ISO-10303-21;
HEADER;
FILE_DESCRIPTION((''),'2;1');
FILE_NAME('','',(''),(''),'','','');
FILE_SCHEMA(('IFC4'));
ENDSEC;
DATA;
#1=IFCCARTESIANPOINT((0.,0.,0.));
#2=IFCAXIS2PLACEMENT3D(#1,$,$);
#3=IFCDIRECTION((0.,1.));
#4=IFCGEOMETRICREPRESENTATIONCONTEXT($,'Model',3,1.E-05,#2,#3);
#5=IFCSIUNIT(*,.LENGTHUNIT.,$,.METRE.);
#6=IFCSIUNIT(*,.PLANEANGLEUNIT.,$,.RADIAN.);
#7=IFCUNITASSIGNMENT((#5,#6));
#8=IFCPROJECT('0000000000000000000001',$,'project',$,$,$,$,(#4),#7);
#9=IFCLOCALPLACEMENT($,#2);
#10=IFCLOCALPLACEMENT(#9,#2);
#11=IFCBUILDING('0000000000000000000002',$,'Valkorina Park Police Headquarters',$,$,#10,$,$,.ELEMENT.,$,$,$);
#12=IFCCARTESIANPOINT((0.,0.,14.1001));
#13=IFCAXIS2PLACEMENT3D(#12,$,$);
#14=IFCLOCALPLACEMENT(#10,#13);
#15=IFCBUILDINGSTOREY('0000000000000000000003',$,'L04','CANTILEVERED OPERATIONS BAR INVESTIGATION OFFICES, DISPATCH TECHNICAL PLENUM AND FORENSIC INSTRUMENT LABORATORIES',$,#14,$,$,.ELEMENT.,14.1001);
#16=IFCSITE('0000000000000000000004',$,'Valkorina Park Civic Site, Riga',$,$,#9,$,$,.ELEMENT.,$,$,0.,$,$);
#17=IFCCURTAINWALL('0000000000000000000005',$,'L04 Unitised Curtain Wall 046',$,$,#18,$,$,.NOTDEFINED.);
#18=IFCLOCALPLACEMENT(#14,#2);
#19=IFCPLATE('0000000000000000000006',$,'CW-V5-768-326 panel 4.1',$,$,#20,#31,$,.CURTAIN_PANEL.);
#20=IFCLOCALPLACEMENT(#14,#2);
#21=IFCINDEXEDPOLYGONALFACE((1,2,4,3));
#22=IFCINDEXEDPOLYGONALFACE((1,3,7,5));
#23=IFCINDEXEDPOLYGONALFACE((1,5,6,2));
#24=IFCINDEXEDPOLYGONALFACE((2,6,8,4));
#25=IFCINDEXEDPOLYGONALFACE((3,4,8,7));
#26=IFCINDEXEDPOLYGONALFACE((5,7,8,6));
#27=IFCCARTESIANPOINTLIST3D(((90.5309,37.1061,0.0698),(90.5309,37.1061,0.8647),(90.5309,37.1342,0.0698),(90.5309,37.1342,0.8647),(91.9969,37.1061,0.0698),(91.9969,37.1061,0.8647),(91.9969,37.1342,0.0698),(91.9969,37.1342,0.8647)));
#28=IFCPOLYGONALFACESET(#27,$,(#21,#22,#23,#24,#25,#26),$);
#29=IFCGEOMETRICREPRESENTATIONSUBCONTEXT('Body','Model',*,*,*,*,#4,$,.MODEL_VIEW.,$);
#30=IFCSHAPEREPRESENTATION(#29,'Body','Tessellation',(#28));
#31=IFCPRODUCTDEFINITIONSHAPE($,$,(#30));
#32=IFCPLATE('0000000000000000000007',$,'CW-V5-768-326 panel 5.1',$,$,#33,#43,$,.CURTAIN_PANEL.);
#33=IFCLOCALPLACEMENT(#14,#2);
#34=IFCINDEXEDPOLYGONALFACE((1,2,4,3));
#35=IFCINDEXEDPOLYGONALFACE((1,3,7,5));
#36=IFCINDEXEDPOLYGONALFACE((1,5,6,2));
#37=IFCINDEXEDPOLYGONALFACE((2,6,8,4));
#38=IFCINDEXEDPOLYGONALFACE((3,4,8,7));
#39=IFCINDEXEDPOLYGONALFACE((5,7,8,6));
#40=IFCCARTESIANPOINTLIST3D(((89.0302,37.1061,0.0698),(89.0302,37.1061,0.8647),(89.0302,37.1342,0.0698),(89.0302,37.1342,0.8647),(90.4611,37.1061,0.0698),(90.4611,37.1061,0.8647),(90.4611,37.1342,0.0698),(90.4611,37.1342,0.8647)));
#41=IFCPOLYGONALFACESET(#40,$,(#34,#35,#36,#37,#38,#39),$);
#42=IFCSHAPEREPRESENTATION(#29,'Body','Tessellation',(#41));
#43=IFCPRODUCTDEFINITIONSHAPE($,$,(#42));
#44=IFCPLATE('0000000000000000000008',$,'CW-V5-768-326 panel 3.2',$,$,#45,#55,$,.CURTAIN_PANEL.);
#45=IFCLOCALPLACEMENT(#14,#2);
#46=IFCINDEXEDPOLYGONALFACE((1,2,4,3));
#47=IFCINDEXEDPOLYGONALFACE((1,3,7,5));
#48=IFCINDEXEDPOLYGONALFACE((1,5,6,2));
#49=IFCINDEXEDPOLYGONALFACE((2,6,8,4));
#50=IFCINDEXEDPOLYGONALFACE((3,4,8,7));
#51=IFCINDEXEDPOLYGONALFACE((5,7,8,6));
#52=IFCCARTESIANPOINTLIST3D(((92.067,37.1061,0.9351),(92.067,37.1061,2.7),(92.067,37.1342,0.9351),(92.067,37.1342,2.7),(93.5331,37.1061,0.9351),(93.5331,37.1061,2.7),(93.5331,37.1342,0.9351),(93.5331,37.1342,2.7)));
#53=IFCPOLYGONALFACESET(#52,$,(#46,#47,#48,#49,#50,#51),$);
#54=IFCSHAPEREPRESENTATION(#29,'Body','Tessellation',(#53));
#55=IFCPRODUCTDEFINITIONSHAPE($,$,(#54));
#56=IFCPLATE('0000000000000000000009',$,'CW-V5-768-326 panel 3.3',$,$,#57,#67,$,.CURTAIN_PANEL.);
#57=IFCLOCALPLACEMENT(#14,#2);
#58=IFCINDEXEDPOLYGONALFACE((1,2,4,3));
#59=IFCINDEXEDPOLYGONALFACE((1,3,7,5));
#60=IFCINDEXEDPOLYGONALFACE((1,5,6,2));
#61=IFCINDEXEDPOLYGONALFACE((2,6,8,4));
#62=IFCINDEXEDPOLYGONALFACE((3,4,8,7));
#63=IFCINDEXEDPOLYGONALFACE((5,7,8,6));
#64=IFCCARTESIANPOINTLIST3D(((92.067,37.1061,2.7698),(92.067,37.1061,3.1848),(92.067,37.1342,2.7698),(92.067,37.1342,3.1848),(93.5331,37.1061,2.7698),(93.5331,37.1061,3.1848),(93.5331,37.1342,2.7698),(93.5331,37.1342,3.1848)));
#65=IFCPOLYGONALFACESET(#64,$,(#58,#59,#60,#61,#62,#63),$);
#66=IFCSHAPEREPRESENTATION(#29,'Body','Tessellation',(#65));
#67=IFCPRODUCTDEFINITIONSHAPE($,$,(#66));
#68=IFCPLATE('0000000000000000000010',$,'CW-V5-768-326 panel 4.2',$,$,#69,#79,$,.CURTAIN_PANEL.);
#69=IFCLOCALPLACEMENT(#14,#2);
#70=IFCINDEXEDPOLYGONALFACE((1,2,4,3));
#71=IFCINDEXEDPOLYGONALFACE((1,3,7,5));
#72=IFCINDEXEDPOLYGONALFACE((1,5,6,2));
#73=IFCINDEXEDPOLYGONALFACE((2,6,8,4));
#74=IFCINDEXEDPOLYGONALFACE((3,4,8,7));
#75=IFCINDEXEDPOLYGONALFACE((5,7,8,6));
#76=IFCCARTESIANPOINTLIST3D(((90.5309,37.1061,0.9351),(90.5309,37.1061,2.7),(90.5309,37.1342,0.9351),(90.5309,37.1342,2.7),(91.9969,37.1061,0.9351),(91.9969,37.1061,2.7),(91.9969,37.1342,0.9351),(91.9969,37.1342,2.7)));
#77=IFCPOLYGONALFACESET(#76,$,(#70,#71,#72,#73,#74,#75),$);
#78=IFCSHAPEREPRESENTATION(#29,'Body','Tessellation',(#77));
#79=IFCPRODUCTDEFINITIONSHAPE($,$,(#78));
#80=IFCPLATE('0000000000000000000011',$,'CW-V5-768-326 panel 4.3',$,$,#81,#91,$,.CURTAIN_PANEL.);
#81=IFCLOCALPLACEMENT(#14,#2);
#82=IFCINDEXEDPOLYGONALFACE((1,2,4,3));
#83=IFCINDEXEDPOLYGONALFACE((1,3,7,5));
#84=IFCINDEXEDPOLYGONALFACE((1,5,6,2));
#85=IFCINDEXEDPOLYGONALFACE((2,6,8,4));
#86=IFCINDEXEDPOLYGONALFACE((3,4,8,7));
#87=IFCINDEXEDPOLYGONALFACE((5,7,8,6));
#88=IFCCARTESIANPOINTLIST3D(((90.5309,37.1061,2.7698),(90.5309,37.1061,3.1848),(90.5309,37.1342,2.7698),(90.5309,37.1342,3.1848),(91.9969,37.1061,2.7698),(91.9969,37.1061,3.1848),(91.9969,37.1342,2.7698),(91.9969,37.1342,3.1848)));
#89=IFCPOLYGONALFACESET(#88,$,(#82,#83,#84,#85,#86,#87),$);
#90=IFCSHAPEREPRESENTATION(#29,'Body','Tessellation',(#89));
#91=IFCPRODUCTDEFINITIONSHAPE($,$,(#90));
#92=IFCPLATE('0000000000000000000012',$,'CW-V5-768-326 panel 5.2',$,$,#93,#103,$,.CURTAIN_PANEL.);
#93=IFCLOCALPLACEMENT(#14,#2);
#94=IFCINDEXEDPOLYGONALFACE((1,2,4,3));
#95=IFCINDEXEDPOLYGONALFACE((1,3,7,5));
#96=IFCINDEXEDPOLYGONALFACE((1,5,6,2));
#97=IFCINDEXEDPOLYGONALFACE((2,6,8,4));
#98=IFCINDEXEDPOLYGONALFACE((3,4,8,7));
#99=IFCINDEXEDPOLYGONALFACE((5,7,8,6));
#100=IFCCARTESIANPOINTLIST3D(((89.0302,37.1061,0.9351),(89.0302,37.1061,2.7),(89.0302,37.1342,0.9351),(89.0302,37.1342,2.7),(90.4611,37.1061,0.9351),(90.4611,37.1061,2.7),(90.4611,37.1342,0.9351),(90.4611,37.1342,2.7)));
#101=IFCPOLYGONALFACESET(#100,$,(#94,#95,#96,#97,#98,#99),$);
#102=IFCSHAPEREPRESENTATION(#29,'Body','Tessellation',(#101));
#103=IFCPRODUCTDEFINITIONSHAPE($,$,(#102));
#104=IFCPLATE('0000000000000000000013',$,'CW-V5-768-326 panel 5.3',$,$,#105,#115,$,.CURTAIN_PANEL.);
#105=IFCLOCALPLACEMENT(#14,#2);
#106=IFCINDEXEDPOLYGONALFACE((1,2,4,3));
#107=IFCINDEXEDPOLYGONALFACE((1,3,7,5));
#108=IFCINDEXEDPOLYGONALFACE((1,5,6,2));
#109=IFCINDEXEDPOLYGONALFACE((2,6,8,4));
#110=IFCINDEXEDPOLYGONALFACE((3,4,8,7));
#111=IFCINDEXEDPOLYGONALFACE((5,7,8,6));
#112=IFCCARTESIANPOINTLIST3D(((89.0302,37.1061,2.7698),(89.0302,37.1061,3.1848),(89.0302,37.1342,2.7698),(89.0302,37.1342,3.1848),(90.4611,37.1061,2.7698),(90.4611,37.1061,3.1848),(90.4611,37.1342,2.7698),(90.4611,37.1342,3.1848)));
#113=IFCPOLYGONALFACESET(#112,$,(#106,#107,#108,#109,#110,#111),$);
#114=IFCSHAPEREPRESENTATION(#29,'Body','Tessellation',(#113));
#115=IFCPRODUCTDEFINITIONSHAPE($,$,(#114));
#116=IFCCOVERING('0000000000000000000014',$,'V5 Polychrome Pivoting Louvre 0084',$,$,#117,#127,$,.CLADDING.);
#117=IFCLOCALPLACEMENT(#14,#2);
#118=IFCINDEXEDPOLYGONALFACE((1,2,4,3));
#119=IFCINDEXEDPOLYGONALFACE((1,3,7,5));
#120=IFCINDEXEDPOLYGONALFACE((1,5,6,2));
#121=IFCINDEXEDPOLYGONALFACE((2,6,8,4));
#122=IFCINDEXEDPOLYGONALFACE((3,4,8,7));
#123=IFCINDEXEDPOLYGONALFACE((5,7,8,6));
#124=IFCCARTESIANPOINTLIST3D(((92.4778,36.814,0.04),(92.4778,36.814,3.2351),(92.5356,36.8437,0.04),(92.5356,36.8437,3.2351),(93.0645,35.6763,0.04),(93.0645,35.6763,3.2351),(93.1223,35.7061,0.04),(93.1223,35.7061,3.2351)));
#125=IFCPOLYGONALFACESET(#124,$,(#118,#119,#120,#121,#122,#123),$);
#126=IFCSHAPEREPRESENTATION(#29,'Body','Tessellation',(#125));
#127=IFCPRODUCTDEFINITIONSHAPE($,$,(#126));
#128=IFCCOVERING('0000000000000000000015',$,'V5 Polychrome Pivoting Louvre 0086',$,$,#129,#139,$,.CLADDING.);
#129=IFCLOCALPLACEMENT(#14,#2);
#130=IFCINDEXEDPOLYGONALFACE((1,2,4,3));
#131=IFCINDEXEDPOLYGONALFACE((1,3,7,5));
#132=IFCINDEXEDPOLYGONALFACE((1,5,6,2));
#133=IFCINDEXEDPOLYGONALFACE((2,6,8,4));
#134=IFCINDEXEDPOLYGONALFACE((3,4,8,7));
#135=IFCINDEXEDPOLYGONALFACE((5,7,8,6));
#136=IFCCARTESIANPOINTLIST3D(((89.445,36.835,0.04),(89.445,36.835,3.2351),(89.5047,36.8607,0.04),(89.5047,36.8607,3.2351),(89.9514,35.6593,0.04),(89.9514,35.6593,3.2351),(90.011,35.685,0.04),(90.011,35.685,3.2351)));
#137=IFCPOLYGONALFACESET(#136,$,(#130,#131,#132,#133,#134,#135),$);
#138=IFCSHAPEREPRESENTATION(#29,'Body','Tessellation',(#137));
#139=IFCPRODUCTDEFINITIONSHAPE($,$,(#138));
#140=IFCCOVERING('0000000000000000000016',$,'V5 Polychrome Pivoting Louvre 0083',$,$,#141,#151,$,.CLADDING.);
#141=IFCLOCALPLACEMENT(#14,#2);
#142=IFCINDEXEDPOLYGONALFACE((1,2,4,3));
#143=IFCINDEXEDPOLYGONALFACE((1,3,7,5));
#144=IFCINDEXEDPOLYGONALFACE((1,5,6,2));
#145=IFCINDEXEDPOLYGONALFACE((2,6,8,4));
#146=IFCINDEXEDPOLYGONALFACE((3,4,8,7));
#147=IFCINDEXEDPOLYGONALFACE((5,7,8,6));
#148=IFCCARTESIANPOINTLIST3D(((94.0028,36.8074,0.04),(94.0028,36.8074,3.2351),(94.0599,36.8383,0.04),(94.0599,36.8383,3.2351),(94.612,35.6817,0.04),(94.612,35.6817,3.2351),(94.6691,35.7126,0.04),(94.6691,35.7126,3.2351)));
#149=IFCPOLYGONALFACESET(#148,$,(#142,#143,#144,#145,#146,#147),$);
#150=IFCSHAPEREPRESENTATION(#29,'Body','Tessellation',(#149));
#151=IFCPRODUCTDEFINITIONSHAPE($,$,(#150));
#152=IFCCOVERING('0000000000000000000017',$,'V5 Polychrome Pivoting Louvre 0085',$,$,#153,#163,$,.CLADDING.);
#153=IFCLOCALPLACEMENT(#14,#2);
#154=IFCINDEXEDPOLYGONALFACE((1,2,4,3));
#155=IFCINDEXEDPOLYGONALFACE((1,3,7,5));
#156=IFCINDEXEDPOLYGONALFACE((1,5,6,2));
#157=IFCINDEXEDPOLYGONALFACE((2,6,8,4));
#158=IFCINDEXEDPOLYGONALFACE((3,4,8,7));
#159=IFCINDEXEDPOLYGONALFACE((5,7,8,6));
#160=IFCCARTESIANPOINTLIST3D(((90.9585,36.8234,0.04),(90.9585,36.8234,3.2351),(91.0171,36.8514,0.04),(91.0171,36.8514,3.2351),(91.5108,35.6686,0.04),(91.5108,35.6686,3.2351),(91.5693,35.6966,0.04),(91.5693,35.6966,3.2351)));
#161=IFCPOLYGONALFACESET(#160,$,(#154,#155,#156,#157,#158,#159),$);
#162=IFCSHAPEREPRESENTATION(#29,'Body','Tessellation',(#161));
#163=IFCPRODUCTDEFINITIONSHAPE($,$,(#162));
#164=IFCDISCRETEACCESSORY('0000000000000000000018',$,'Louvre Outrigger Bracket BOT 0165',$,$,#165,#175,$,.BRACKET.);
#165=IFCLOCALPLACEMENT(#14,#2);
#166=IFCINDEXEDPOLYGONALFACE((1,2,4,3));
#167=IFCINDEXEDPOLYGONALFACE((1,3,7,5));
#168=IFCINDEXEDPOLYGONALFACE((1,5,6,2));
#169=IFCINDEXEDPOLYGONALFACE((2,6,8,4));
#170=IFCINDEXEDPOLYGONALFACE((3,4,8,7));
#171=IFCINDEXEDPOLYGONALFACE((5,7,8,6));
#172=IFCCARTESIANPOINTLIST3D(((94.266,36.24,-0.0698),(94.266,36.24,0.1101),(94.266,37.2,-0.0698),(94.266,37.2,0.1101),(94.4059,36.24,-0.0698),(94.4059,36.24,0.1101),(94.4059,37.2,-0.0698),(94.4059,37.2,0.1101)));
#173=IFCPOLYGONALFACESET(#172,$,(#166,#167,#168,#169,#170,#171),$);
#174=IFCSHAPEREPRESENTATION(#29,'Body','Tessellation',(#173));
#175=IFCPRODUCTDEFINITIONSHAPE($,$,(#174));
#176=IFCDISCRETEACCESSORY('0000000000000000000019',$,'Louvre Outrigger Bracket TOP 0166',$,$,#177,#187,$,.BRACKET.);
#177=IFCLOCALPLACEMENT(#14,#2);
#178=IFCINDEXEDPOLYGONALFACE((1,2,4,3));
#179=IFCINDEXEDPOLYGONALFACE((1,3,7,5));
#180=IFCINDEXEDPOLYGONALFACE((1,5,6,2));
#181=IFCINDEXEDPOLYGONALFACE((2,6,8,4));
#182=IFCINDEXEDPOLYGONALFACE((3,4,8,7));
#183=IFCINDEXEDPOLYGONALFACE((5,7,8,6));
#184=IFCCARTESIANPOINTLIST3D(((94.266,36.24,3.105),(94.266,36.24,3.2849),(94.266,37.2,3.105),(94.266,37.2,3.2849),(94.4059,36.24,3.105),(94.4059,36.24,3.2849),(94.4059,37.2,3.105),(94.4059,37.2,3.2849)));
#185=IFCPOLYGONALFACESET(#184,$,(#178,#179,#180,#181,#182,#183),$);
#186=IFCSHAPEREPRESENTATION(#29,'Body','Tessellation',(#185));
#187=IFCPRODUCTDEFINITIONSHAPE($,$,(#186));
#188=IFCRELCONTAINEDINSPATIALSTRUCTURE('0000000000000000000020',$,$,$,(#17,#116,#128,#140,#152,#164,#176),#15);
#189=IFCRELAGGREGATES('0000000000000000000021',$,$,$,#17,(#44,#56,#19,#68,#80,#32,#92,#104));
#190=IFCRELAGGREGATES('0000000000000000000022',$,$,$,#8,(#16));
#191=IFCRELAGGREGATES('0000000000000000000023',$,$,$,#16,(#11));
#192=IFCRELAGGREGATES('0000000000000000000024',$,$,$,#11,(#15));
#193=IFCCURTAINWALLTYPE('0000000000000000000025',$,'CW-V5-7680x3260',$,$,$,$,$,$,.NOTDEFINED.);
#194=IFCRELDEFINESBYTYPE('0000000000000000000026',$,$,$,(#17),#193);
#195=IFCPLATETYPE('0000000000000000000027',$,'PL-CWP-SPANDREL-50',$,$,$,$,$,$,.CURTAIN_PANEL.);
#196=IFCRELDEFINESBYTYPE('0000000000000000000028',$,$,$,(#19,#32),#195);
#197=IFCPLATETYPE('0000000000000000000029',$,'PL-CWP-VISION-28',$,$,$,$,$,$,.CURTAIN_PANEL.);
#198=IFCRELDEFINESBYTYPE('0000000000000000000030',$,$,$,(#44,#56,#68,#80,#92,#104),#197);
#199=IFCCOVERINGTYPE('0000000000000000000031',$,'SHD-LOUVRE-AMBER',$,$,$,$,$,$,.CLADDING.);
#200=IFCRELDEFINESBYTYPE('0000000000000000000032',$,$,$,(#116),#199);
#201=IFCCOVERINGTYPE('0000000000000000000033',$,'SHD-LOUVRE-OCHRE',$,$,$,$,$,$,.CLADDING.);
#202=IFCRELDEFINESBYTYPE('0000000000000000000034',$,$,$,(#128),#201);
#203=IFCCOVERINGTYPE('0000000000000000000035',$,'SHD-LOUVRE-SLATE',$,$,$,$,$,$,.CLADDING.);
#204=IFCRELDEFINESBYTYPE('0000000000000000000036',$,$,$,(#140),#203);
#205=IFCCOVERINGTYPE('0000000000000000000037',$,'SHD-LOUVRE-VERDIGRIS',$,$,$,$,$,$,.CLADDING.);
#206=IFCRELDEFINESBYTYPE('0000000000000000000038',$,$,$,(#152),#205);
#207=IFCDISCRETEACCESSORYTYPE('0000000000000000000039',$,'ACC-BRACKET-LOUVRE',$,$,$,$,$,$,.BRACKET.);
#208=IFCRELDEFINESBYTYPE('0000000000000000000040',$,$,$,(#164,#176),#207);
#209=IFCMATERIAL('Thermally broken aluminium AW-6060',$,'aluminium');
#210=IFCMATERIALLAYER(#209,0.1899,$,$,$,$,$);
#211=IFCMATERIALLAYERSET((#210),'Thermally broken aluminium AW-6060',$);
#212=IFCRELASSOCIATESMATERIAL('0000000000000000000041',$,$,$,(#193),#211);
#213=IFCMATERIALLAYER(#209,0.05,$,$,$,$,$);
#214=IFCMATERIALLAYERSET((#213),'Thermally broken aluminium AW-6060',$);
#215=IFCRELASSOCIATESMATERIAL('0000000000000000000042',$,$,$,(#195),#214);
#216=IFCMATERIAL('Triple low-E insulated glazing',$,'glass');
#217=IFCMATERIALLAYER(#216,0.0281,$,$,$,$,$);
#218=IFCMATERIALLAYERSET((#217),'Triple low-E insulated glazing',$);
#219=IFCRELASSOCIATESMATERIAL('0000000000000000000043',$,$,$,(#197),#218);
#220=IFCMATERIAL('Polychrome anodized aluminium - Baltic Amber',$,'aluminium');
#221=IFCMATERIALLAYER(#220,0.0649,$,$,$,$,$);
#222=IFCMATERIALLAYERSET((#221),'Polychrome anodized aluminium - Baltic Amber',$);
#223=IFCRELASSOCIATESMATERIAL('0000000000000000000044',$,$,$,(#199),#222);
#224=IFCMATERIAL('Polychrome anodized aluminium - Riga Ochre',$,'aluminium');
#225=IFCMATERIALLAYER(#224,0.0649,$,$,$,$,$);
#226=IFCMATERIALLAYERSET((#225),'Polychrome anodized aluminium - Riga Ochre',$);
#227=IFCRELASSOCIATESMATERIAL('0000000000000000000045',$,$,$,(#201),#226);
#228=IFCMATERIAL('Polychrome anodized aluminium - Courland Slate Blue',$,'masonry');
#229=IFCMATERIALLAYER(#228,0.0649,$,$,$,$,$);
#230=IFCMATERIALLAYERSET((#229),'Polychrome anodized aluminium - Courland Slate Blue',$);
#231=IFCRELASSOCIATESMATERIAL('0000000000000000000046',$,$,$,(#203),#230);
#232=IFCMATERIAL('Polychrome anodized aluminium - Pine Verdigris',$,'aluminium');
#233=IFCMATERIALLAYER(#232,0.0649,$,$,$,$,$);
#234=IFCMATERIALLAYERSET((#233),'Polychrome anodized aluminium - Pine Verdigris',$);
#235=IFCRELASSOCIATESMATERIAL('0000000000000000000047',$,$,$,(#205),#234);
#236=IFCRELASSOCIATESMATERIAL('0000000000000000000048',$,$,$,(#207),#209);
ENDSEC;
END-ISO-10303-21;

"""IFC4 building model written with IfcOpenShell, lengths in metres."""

from ifc_helpers import new_model, si_unit, direction, frame, origin, origin_2d, place, context, subcontext, project, spatial, rectangle, extrude, material, layer, layer_set, type_object, element, aggregate, save


model = new_model("IFC4")

# Units and contexts
model_context = context("Model", 3, precision=1e-05, world=origin(), true_north=direction((0.0, 1.0)))
body_context = subcontext(model_context, "Body", "Model", "MODEL_VIEW")
ifc_project = project(units=[si_unit("LENGTHUNIT", "METRE"), si_unit("PLANEANGLEUNIT", "RADIAN")], contexts=[model_context])

# Site, building, storey
site_placement = place(None, origin())
site = spatial("IfcSite", under=ifc_project, at=site_placement, Name="Valkorina Park Civic Site, Riga", CompositionType="ELEMENT", RefElevation=0.0)
building_placement = place(site_placement, origin())
building = spatial("IfcBuilding", under=site, at=building_placement, Name="Valkorina Park Police Headquarters", CompositionType="ELEMENT")
storey_placement = place(building_placement, frame((0.0, 0.0, 14.1001)))
storey = spatial("IfcBuildingStorey", under=building, at=storey_placement, Name="L04", Description="CANTILEVERED OPERATIONS BAR INVESTIGATION OFFICES, DISPATCH TECHNICAL PLENUM AND FORENSIC INSTRUMENT LABORATORIES", CompositionType="ELEMENT", Elevation=14.1001)

# Curtain wall, plates
ifc_material_1 = material(Name="Thermally broken aluminium AW-6060", Category="aluminium")
ifc_layer_1 = layer(ifc_material_1, 0.1899)
ifc_layer_set_1 = layer_set([ifc_layer_1], Name="Thermally broken aluminium AW-6060")
curtain_wall_type = type_object("IfcCurtainWallType", Name="CW-V5-7680x3260", PredefinedType="NOTDEFINED", material=ifc_layer_set_1)
curtain_wall_placement = place(storey_placement, origin())
curtain_wall = element("IfcCurtainWall", 1, at=curtain_wall_placement, inside=storey, type_object=curtain_wall_type, Name="L04 Unitised Curtain Wall 046", PredefinedType="NOTDEFINED")
ifc_layer_2 = layer(ifc_material_1, 0.05)
ifc_layer_set_2 = layer_set([ifc_layer_2], Name="Thermally broken aluminium AW-6060")
plate_type_1 = type_object("IfcPlateType", Name="PL-CWP-SPANDREL-50", PredefinedType="CURTAIN_PANEL", material=ifc_layer_set_2)
plate_1_placement = place(storey_placement, frame((91.2639, 37.1201, 0.0698), z_axis=(0.0, 0.0, 1.0), x_axis=(-1.0, 0.0, 0.0)))
plate_1 = element("IfcPlate", 2, at=plate_1_placement, type_object=plate_type_1, Name="CW-V5-768-326 panel 4.1", PredefinedType="CURTAIN_PANEL", context=body_context, shape_type="SweptSolid", body=[
    extrude(rectangle(XDim=1.4661, YDim=0.0281, at=origin_2d()), origin(), (0.0, 0.0, 1.0), 0.7949),
])
plate_2_placement = place(storey_placement, frame((89.7456, 37.1201, 0.0698), z_axis=(0.0, 0.0, 1.0), x_axis=(-1.0, 0.0, 0.0)))
plate_2 = element("IfcPlate", 3, at=plate_2_placement, type_object=plate_type_1, Name="CW-V5-768-326 panel 5.1", PredefinedType="CURTAIN_PANEL", context=body_context, shape_type="SweptSolid", body=[
    extrude(rectangle(XDim=1.4309, YDim=0.0281, at=origin_2d()), origin(), (0.0, 0.0, 1.0), 0.7949),
])
ifc_material_2 = material(Name="Triple low-E insulated glazing", Category="glass")
ifc_layer_3 = layer(ifc_material_2, 0.0281)
ifc_layer_set_3 = layer_set([ifc_layer_3], Name="Triple low-E insulated glazing")
plate_type_2 = type_object("IfcPlateType", Name="PL-CWP-VISION-28", PredefinedType="CURTAIN_PANEL", material=ifc_layer_set_3)
plate_3_placement = place(storey_placement, frame((92.8, 37.1201, 0.9351), z_axis=(0.0, 0.0, 1.0), x_axis=(-1.0, 0.0, 0.0)))
plate_3 = element("IfcPlate", 4, at=plate_3_placement, type_object=plate_type_2, Name="CW-V5-768-326 panel 3.2", PredefinedType="CURTAIN_PANEL", context=body_context, shape_type="SweptSolid", body=[
    extrude(rectangle(XDim=1.4661, YDim=0.0281, at=origin_2d()), origin(), (0.0, 0.0, 1.0), 1.7649),
])
plate_4_placement = place(storey_placement, frame((92.8, 37.1201, 2.7698), z_axis=(0.0, 0.0, 1.0), x_axis=(-1.0, 0.0, 0.0)))
plate_4 = element("IfcPlate", 5, at=plate_4_placement, type_object=plate_type_2, Name="CW-V5-768-326 panel 3.3", PredefinedType="CURTAIN_PANEL", context=body_context, shape_type="SweptSolid", body=[
    extrude(rectangle(XDim=1.4661, YDim=0.0281, at=origin_2d()), origin(), (0.0, 0.0, 1.0), 0.415),
])
plate_5_placement = place(storey_placement, frame((91.2639, 37.1201, 0.9351), z_axis=(0.0, 0.0, 1.0), x_axis=(-1.0, 0.0, 0.0)))
plate_5 = element("IfcPlate", 6, at=plate_5_placement, type_object=plate_type_2, Name="CW-V5-768-326 panel 4.2", PredefinedType="CURTAIN_PANEL", context=body_context, shape_type="SweptSolid", body=[
    extrude(rectangle(XDim=1.4661, YDim=0.0281, at=origin_2d()), origin(), (0.0, 0.0, 1.0), 1.7649),
])
plate_6_placement = place(storey_placement, frame((91.2639, 37.1201, 2.7698), z_axis=(0.0, 0.0, 1.0), x_axis=(-1.0, 0.0, 0.0)))
plate_6 = element("IfcPlate", 7, at=plate_6_placement, type_object=plate_type_2, Name="CW-V5-768-326 panel 4.3", PredefinedType="CURTAIN_PANEL", context=body_context, shape_type="SweptSolid", body=[
    extrude(rectangle(XDim=1.4661, YDim=0.0281, at=origin_2d()), origin(), (0.0, 0.0, 1.0), 0.415),
])
plate_7_placement = place(storey_placement, frame((89.7456, 37.1201, 0.9351), z_axis=(0.0, 0.0, 1.0), x_axis=(-1.0, 0.0, 0.0)))
plate_7 = element("IfcPlate", 8, at=plate_7_placement, type_object=plate_type_2, Name="CW-V5-768-326 panel 5.2", PredefinedType="CURTAIN_PANEL", context=body_context, shape_type="SweptSolid", body=[
    extrude(rectangle(XDim=1.4309, YDim=0.0281, at=origin_2d()), origin(), (0.0, 0.0, 1.0), 1.7649),
])
plate_8_placement = place(storey_placement, frame((89.7456, 37.1201, 2.7698), z_axis=(0.0, 0.0, 1.0), x_axis=(-1.0, 0.0, 0.0)))
plate_8 = element("IfcPlate", 9, at=plate_8_placement, type_object=plate_type_2, Name="CW-V5-768-326 panel 5.3", PredefinedType="CURTAIN_PANEL", context=body_context, shape_type="SweptSolid", body=[
    extrude(rectangle(XDim=1.4309, YDim=0.0281, at=origin_2d()), origin(), (0.0, 0.0, 1.0), 0.415),
])
aggregate(curtain_wall, [plate_3, plate_4, plate_1, plate_5, plate_6, plate_2, plate_7, plate_8])

# Coverings
ifc_material_3 = material(Name="Polychrome anodized aluminium - Baltic Amber", Category="aluminium")
ifc_layer_4 = layer(ifc_material_3, 0.0649)
ifc_layer_set_4 = layer_set([ifc_layer_4], Name="Polychrome anodized aluminium - Baltic Amber")
covering_type_1 = type_object("IfcCoveringType", Name="SHD-LOUVRE-AMBER", PredefinedType="CLADDING", material=ifc_layer_set_4)
covering_1_placement = place(storey_placement, frame((92.8, 36.26, 0.04), z_axis=(0.0, 0.0, 1.0), x_axis=(0.458339, -0.888777, 0.0)))
element("IfcCovering", 10, at=covering_1_placement, inside=storey, type_object=covering_type_1, Name="V5 Polychrome Pivoting Louvre 0084", PredefinedType="CLADDING", context=body_context, shape_type="SweptSolid", body=[
    extrude(rectangle(XDim=1.28, YDim=0.0649, at=origin_2d()), origin(), (0.0, 0.0, 1.0), 3.1951),
])
ifc_material_4 = material(Name="Polychrome anodized aluminium - Riga Ochre", Category="aluminium")
ifc_layer_5 = layer(ifc_material_4, 0.0649)
ifc_layer_set_5 = layer_set([ifc_layer_5], Name="Polychrome anodized aluminium - Riga Ochre")
covering_type_2 = type_object("IfcCoveringType", Name="SHD-LOUVRE-OCHRE", PredefinedType="CLADDING", material=ifc_layer_set_5)
covering_2_placement = place(storey_placement, frame((89.728, 36.26, 0.04), z_axis=(0.0, 0.0, 1.0), x_axis=(0.395546, -0.918446, 0.0)))
element("IfcCovering", 11, at=covering_2_placement, inside=storey, type_object=covering_type_2, Name="V5 Polychrome Pivoting Louvre 0086", PredefinedType="CLADDING", context=body_context, shape_type="SweptSolid", body=[
    extrude(rectangle(XDim=1.28, YDim=0.0649, at=origin_2d()), origin(), (0.0, 0.0, 1.0), 3.1951),
])
ifc_material_5 = material(Name="Polychrome anodized aluminium - Courland Slate Blue", Category="masonry")
ifc_layer_6 = layer(ifc_material_5, 0.0649)
ifc_layer_set_6 = layer_set([ifc_layer_6], Name="Polychrome anodized aluminium - Courland Slate Blue")
covering_type_3 = type_object("IfcCoveringType", Name="SHD-LOUVRE-SLATE", PredefinedType="CLADDING", material=ifc_layer_set_6)
covering_3_placement = place(storey_placement, frame((94.3359, 36.26, 0.04), z_axis=(0.0, 0.0, 1.0), x_axis=(0.475931, -0.879482, 0.0)))
element("IfcCovering", 12, at=covering_3_placement, inside=storey, type_object=covering_type_3, Name="V5 Polychrome Pivoting Louvre 0083", PredefinedType="CLADDING", context=body_context, shape_type="SweptSolid", body=[
    extrude(rectangle(XDim=1.28, YDim=0.0649, at=origin_2d()), origin(), (0.0, 0.0, 1.0), 3.1951),
])
ifc_material_6 = material(Name="Polychrome anodized aluminium - Pine Verdigris", Category="aluminium")
ifc_layer_7 = layer(ifc_material_6, 0.0649)
ifc_layer_set_7 = layer_set([ifc_layer_7], Name="Polychrome anodized aluminium - Pine Verdigris")
covering_type_4 = type_object("IfcCoveringType", Name="SHD-LOUVRE-VERDIGRIS", PredefinedType="CLADDING", material=ifc_layer_set_7)
covering_4_placement = place(storey_placement, frame((91.2639, 36.26, 0.04), z_axis=(0.0, 0.0, 1.0), x_axis=(0.431456, -0.902134, 0.0)))
element("IfcCovering", 13, at=covering_4_placement, inside=storey, type_object=covering_type_4, Name="V5 Polychrome Pivoting Louvre 0085", PredefinedType="CLADDING", context=body_context, shape_type="SweptSolid", body=[
    extrude(rectangle(XDim=1.28, YDim=0.0649, at=origin_2d()), origin(), (0.0, 0.0, 1.0), 3.1951),
])

# Discrete accessories
discrete_accessory_type = type_object("IfcDiscreteAccessoryType", Name="ACC-BRACKET-LOUVRE", PredefinedType="BRACKET", material=ifc_material_1)
for number, where, z_axis, x_axis, name in (
    (14, (94.3359, 36.72, -0.0698), (0.0, 0.0, 1.0), (0.0, -1.0, 0.0), "Louvre Outrigger Bracket BOT 0165"),
    (15, (94.3359, 36.72, 3.105), (0.0, 0.0, 1.0), (0.0, -1.0, 0.0), "Louvre Outrigger Bracket TOP 0166"),
):
    element("IfcDiscreteAccessory", number, at=place(storey_placement, frame(where, z_axis=z_axis, x_axis=x_axis)), inside=storey, type_object=discrete_accessory_type, Name=name, PredefinedType="BRACKET", context=body_context, shape_type="SweptSolid", body=[
        extrude(rectangle(XDim=0.96, YDim=0.1399, at=origin_2d()), origin(), (0.0, 0.0, 1.0), 0.1799),
    ])

save(model, "model.ifc")
